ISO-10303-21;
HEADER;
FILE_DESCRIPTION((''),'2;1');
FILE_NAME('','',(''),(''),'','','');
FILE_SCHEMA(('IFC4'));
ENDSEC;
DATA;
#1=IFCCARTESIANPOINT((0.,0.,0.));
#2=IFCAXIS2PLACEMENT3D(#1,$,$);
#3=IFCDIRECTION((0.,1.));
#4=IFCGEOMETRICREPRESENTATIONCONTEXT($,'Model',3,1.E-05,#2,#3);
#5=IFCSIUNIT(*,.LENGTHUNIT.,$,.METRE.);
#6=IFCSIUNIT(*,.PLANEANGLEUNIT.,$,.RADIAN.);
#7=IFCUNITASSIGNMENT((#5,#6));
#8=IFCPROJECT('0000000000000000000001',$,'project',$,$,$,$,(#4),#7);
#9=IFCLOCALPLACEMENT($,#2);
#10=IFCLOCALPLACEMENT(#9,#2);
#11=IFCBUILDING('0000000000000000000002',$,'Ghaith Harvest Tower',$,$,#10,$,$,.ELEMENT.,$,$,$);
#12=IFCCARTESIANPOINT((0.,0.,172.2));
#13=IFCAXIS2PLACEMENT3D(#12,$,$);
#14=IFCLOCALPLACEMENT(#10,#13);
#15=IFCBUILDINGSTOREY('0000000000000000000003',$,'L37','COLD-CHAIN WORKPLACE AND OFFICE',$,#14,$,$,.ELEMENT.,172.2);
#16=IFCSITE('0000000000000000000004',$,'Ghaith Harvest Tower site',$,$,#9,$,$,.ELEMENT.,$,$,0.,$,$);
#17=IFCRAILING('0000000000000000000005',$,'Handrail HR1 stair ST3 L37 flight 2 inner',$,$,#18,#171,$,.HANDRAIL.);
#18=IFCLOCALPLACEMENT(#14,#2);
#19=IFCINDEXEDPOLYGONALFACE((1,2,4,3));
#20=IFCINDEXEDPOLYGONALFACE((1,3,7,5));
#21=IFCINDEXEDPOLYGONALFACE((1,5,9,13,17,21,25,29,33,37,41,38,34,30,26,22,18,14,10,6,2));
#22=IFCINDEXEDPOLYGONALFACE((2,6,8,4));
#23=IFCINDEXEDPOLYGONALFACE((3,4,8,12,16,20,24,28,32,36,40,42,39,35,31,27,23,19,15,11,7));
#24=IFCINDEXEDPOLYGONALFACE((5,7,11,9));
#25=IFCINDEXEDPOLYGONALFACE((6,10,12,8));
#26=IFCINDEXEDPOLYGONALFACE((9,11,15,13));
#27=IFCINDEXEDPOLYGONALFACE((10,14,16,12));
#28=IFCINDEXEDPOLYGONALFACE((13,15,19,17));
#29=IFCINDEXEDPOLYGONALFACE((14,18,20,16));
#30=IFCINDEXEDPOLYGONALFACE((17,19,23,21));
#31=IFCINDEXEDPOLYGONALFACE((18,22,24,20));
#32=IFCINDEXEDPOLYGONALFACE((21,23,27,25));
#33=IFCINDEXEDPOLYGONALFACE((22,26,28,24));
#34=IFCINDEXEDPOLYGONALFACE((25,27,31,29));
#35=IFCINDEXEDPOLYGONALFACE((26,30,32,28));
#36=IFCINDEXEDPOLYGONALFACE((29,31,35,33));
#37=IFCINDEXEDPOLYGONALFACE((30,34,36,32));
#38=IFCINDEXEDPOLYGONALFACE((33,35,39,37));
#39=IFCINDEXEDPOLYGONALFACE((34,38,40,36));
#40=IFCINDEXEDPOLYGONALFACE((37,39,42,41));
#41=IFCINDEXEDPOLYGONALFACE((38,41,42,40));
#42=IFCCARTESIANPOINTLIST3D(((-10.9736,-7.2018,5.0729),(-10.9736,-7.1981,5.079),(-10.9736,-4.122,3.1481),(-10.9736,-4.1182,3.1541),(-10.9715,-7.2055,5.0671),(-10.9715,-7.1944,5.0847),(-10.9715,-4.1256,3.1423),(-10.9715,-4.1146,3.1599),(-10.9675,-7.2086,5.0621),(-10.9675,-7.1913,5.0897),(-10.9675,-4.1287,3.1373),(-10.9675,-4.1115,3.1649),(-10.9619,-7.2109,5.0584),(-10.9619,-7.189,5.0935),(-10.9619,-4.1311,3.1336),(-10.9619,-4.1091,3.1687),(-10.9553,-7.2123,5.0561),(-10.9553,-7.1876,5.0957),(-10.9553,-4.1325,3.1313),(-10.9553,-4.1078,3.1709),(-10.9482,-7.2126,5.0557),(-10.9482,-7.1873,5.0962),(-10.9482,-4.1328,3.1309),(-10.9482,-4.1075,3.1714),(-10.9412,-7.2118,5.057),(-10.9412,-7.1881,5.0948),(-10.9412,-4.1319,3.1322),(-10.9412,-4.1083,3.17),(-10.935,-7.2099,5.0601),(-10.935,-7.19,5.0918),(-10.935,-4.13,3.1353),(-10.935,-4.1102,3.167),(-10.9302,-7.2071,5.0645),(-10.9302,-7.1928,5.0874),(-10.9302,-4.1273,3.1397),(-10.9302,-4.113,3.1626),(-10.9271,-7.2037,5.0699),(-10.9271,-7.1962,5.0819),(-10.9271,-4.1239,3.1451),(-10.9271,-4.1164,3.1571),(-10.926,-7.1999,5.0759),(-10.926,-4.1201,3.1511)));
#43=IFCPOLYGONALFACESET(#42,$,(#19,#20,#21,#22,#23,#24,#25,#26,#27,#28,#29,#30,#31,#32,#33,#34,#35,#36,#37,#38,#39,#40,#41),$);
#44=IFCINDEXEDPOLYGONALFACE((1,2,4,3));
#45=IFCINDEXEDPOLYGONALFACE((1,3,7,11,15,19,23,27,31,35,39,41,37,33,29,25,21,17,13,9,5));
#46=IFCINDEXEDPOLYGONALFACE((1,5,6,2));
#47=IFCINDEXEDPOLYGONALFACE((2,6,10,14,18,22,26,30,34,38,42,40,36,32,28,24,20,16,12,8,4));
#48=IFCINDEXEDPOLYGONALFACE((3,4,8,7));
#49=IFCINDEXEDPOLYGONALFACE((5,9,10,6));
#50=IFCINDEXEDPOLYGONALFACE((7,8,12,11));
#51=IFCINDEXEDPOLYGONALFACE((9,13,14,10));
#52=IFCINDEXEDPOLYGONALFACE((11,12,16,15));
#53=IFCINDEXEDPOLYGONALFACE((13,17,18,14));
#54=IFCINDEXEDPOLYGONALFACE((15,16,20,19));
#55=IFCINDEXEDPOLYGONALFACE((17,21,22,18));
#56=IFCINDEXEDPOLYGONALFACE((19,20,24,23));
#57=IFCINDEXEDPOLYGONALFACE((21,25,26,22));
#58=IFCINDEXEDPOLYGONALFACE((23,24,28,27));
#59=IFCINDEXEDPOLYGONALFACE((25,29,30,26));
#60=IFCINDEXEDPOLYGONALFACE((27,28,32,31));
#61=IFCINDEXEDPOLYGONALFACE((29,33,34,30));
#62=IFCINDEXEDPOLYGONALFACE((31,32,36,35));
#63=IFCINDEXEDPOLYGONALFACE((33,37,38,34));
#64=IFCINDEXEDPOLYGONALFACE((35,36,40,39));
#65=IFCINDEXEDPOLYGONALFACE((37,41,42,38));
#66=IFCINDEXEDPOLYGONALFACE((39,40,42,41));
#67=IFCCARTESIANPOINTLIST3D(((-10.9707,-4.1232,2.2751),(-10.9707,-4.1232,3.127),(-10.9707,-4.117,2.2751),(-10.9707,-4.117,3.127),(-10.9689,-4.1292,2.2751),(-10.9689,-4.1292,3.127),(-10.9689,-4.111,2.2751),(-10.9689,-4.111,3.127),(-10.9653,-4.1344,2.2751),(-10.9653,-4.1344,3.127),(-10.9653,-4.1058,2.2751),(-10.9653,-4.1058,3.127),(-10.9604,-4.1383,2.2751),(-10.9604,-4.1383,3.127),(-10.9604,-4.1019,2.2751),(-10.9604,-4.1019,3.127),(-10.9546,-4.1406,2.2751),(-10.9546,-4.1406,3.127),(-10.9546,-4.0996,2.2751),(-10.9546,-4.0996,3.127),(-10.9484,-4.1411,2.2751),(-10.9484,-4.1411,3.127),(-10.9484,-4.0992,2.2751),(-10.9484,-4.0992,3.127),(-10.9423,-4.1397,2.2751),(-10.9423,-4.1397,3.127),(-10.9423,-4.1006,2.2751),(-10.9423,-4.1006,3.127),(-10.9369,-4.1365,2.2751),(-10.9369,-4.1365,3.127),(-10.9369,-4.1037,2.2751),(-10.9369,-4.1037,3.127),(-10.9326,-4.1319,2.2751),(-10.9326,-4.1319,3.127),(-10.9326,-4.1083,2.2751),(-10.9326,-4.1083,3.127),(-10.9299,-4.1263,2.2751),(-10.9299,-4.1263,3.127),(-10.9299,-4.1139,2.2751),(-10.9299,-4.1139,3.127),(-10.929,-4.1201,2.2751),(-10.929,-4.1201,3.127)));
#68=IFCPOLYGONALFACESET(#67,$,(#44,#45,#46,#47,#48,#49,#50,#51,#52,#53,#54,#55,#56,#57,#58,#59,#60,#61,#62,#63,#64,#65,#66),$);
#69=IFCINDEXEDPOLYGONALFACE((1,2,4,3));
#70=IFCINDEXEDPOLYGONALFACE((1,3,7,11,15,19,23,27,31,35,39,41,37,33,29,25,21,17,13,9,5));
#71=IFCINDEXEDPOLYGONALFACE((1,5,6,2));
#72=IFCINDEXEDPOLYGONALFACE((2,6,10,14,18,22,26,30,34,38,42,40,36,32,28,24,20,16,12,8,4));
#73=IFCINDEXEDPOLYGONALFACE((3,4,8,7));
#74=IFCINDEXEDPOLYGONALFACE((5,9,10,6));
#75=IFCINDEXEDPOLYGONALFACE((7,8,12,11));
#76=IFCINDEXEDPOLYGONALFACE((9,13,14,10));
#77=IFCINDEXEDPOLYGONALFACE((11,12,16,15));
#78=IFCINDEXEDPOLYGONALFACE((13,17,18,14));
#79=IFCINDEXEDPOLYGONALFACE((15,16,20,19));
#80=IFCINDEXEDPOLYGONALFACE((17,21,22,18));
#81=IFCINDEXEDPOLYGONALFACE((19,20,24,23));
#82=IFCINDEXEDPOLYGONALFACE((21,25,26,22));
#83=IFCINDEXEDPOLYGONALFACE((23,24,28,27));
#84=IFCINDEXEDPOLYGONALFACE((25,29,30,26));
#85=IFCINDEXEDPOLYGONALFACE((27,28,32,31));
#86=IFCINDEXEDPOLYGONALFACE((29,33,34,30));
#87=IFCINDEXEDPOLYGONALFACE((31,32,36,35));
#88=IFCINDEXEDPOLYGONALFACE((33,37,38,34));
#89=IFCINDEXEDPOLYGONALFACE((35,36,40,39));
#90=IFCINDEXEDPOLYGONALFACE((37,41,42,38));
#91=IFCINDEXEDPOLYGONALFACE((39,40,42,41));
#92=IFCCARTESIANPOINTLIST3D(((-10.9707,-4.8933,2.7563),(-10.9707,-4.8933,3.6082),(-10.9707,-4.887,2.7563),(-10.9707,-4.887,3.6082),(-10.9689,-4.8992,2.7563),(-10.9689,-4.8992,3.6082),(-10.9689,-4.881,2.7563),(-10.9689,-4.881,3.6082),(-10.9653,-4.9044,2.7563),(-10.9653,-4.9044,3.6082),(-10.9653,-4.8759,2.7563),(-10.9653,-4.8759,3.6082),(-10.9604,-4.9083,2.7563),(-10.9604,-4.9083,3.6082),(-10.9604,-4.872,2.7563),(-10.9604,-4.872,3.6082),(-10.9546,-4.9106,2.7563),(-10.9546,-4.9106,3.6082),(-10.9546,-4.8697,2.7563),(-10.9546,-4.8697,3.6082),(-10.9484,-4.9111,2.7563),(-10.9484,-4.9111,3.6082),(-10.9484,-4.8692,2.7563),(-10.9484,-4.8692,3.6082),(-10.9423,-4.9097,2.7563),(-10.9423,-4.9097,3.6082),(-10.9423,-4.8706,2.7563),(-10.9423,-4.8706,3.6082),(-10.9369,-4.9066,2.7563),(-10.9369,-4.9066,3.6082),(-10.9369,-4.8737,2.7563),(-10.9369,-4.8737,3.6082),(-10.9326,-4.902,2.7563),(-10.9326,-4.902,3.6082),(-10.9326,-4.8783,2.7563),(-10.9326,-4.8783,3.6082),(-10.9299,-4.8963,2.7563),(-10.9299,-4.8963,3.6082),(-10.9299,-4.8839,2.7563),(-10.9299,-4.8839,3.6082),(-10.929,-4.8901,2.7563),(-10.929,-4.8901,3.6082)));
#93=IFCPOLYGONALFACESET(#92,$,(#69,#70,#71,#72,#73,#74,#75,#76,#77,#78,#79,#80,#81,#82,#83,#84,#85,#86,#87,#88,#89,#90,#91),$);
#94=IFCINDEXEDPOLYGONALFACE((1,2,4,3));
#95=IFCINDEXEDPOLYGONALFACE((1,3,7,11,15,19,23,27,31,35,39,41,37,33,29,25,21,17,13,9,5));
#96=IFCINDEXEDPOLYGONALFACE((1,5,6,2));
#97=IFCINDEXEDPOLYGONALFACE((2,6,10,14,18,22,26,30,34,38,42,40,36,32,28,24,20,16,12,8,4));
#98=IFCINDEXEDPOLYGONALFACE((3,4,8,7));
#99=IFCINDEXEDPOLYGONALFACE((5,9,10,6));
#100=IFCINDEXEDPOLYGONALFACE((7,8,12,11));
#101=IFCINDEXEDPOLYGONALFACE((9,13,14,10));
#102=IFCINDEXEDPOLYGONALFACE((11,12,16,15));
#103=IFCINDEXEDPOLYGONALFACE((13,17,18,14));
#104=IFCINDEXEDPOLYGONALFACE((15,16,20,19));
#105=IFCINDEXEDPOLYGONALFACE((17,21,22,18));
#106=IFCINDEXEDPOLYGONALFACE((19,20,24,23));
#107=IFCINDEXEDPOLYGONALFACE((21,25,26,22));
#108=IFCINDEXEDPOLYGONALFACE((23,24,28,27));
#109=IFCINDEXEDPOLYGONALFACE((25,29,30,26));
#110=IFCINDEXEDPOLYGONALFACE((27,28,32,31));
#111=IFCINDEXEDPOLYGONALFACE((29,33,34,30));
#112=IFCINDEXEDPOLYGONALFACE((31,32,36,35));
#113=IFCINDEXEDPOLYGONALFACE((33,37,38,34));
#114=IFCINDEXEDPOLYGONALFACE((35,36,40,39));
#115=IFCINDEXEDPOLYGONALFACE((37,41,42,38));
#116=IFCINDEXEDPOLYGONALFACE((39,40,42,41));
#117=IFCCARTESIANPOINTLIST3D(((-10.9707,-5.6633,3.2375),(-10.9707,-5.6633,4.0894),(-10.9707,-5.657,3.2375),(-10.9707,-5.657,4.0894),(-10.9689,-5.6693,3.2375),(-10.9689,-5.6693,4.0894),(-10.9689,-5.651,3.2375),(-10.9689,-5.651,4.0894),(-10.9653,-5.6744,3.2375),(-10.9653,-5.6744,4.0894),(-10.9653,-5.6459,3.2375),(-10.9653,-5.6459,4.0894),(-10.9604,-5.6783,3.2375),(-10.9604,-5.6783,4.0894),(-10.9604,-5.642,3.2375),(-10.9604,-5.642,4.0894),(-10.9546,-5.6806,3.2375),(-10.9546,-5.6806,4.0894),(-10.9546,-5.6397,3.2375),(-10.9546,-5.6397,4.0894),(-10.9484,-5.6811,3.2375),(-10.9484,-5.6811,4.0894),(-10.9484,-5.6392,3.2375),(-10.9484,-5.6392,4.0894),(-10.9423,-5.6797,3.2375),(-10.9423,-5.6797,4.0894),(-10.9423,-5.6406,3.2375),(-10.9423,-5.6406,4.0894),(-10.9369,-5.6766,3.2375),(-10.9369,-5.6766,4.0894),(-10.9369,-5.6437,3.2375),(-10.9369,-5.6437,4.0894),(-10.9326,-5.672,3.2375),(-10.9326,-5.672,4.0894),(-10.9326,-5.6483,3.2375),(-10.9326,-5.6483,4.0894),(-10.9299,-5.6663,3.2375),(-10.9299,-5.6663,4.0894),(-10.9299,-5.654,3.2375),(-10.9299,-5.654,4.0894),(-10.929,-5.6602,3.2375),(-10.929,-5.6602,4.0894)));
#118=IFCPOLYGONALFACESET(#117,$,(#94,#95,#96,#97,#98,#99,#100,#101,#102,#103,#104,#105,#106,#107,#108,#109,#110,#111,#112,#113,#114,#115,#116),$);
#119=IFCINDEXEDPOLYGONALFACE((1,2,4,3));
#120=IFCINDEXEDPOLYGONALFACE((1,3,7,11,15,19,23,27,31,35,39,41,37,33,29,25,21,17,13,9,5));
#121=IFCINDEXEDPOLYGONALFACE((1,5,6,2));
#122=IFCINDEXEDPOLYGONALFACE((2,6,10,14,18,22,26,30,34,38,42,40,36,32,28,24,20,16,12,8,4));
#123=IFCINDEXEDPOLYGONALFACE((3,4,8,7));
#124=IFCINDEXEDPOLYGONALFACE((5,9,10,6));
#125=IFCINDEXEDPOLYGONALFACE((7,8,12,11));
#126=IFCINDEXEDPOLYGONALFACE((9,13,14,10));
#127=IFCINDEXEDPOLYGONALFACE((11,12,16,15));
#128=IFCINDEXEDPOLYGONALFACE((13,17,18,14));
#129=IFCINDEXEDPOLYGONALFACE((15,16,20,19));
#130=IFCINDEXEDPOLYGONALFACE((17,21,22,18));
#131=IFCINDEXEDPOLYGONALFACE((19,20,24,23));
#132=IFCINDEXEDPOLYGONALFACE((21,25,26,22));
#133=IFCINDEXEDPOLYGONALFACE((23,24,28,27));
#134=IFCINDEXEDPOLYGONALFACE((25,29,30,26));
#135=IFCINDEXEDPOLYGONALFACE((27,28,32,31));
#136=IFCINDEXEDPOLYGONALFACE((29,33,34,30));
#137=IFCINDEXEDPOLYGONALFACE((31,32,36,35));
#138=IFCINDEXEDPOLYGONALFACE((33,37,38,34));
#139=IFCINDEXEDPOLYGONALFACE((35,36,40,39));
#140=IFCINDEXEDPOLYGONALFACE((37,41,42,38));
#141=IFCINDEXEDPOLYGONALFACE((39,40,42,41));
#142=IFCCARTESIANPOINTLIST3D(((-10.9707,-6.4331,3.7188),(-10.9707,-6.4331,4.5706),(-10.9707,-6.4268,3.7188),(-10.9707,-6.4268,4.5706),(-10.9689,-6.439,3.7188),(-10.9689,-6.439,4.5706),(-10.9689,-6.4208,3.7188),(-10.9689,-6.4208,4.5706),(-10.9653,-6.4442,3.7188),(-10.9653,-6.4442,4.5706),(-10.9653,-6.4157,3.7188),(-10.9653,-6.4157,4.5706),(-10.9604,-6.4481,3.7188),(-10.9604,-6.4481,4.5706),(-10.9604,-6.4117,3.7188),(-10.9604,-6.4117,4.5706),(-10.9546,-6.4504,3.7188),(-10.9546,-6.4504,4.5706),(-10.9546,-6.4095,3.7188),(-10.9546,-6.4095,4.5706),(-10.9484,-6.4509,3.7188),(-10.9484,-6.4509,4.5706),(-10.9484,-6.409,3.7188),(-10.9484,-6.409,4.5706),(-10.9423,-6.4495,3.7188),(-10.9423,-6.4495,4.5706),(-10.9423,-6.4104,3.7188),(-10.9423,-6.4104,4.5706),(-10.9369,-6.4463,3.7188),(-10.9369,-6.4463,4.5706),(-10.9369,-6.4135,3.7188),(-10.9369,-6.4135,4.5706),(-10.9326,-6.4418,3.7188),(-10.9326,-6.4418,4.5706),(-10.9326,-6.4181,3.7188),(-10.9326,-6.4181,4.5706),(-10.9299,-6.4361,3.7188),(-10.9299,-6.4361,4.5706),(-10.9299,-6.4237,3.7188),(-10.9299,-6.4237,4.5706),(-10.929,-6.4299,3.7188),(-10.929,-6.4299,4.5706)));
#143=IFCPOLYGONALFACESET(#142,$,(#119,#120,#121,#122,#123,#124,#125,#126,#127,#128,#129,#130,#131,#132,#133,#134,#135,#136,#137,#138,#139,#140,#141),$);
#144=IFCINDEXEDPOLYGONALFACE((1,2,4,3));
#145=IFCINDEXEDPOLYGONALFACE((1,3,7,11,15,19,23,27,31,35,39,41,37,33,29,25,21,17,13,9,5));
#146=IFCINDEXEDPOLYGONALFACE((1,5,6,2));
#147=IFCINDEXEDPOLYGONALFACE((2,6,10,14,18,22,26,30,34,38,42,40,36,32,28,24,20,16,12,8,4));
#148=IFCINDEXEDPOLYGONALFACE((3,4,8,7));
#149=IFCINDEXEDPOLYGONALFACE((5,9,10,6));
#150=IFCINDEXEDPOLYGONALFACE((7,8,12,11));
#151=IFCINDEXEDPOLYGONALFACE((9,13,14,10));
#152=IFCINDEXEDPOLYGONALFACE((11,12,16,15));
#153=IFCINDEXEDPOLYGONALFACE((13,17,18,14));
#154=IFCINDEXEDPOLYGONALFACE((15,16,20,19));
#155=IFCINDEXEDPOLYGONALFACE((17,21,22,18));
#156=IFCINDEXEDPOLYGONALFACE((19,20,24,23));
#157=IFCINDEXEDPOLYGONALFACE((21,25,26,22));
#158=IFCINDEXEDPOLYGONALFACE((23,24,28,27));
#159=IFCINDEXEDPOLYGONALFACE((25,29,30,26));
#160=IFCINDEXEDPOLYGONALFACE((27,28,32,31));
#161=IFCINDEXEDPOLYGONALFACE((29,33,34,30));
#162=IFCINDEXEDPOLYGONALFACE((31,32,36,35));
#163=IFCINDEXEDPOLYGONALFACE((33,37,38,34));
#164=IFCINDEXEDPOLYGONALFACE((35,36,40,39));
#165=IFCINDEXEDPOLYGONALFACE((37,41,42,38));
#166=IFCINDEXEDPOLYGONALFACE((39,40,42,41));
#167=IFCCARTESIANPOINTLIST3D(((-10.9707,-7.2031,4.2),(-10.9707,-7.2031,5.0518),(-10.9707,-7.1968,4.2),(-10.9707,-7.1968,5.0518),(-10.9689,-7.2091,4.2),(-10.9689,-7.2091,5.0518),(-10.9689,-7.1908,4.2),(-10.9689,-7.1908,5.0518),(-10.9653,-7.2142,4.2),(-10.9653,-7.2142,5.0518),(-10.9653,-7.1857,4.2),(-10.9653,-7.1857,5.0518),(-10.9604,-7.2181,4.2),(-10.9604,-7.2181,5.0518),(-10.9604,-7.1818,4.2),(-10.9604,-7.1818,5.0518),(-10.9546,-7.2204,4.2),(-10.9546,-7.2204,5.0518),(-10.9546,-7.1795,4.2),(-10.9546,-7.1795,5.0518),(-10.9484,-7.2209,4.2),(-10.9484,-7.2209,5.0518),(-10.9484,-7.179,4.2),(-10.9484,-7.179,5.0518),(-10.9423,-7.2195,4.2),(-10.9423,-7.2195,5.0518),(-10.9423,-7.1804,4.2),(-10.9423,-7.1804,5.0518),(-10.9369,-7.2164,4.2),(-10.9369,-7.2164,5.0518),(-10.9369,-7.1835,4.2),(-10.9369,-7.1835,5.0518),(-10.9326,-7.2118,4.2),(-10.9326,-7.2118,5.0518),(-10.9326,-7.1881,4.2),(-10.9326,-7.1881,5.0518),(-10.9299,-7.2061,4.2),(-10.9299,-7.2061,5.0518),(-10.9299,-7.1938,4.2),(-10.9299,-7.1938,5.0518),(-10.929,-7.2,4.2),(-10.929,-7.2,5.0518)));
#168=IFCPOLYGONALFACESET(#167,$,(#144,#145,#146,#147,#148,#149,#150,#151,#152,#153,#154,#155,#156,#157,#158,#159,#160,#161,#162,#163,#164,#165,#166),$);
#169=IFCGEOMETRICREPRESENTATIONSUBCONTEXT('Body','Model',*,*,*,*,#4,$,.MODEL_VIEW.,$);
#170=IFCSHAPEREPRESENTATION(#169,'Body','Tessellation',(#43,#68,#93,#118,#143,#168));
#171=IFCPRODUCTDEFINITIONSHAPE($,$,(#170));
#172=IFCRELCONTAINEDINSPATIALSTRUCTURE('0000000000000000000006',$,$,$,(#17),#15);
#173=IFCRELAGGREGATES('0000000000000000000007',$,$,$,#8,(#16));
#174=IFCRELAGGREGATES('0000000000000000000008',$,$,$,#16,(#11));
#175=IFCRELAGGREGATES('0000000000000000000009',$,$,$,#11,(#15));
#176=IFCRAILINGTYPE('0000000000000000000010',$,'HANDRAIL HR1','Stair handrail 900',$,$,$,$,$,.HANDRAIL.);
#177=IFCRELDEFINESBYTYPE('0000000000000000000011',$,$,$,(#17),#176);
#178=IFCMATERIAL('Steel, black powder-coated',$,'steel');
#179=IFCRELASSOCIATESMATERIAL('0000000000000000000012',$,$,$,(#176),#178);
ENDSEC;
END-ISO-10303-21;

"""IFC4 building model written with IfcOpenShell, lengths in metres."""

from ifc_helpers import new_model, si_unit, direction, frame, origin, origin_2d, place, context, subcontext, project, spatial, circle, extrude, material, type_object, element, save


model = new_model("IFC4")

# Units and contexts
model_context = context("Model", 3, precision=1e-05, world=origin(), true_north=direction((0.0, 1.0)))
body_context = subcontext(model_context, "Body", "Model", "MODEL_VIEW")
ifc_project = project(units=[si_unit("LENGTHUNIT", "METRE"), si_unit("PLANEANGLEUNIT", "RADIAN")], contexts=[model_context])

# Site, building, storey
site_placement = place(None, origin())
site = spatial("IfcSite", under=ifc_project, at=site_placement, Name="Ghaith Harvest Tower site", CompositionType="ELEMENT", RefElevation=0.0)
building_placement = place(site_placement, origin())
building = spatial("IfcBuilding", under=site, at=building_placement, Name="Ghaith Harvest Tower", CompositionType="ELEMENT")
storey_placement = place(building_placement, frame((0.0, 0.0, 172.2)))
storey = spatial("IfcBuildingStorey", under=building, at=storey_placement, Name="L37", Description="COLD-CHAIN WORKPLACE AND OFFICE", CompositionType="ELEMENT", Elevation=172.2)

# Railing
ifc_material_1 = material(Name="Steel, black powder-coated", Category="steel")
railing_type = type_object("IfcRailingType", Name="HANDRAIL HR1", Description="Stair handrail 900", PredefinedType="HANDRAIL", material=ifc_material_1)
railing_1_placement = place(storey_placement, frame((-10.95, -4.1201, 2.2751)))
element("IfcRailing", 1, at=railing_1_placement, inside=storey, type_object=railing_type, Name="Handrail HR1 stair ST3 L37 flight 2 inner", PredefinedType="HANDRAIL", context=body_context, shape_type="SweptSolid", body=[
    extrude(circle(Radius=0.0239, at=origin_2d()), frame((0.0, 0.0, 0.876), z_axis=(0.0, -0.84801, 0.529981), x_axis=(1.0, 0.0, 0.0)), (0.0, 0.0, 1.0), 3.6318),
    extrude(circle(Radius=0.021, at=origin_2d()), origin(), (0.0, 0.0, 1.0), 0.8518),
    extrude(circle(Radius=0.021, at=origin_2d()), frame((0.0, -0.77, 0.4812)), (0.0, 0.0, 1.0), 0.8518),
    extrude(circle(Radius=0.021, at=origin_2d()), frame((0.0, -1.54, 0.9624)), (0.0, 0.0, 1.0), 0.8518),
    extrude(circle(Radius=0.021, at=origin_2d()), frame((0.0, -2.3098, 1.4436)), (0.0, 0.0, 1.0), 0.8518),
    extrude(circle(Radius=0.021, at=origin_2d()), frame((0.0, -3.0798, 1.9248)), (0.0, 0.0, 1.0), 0.8518),
])

save(model, "model.ifc")
